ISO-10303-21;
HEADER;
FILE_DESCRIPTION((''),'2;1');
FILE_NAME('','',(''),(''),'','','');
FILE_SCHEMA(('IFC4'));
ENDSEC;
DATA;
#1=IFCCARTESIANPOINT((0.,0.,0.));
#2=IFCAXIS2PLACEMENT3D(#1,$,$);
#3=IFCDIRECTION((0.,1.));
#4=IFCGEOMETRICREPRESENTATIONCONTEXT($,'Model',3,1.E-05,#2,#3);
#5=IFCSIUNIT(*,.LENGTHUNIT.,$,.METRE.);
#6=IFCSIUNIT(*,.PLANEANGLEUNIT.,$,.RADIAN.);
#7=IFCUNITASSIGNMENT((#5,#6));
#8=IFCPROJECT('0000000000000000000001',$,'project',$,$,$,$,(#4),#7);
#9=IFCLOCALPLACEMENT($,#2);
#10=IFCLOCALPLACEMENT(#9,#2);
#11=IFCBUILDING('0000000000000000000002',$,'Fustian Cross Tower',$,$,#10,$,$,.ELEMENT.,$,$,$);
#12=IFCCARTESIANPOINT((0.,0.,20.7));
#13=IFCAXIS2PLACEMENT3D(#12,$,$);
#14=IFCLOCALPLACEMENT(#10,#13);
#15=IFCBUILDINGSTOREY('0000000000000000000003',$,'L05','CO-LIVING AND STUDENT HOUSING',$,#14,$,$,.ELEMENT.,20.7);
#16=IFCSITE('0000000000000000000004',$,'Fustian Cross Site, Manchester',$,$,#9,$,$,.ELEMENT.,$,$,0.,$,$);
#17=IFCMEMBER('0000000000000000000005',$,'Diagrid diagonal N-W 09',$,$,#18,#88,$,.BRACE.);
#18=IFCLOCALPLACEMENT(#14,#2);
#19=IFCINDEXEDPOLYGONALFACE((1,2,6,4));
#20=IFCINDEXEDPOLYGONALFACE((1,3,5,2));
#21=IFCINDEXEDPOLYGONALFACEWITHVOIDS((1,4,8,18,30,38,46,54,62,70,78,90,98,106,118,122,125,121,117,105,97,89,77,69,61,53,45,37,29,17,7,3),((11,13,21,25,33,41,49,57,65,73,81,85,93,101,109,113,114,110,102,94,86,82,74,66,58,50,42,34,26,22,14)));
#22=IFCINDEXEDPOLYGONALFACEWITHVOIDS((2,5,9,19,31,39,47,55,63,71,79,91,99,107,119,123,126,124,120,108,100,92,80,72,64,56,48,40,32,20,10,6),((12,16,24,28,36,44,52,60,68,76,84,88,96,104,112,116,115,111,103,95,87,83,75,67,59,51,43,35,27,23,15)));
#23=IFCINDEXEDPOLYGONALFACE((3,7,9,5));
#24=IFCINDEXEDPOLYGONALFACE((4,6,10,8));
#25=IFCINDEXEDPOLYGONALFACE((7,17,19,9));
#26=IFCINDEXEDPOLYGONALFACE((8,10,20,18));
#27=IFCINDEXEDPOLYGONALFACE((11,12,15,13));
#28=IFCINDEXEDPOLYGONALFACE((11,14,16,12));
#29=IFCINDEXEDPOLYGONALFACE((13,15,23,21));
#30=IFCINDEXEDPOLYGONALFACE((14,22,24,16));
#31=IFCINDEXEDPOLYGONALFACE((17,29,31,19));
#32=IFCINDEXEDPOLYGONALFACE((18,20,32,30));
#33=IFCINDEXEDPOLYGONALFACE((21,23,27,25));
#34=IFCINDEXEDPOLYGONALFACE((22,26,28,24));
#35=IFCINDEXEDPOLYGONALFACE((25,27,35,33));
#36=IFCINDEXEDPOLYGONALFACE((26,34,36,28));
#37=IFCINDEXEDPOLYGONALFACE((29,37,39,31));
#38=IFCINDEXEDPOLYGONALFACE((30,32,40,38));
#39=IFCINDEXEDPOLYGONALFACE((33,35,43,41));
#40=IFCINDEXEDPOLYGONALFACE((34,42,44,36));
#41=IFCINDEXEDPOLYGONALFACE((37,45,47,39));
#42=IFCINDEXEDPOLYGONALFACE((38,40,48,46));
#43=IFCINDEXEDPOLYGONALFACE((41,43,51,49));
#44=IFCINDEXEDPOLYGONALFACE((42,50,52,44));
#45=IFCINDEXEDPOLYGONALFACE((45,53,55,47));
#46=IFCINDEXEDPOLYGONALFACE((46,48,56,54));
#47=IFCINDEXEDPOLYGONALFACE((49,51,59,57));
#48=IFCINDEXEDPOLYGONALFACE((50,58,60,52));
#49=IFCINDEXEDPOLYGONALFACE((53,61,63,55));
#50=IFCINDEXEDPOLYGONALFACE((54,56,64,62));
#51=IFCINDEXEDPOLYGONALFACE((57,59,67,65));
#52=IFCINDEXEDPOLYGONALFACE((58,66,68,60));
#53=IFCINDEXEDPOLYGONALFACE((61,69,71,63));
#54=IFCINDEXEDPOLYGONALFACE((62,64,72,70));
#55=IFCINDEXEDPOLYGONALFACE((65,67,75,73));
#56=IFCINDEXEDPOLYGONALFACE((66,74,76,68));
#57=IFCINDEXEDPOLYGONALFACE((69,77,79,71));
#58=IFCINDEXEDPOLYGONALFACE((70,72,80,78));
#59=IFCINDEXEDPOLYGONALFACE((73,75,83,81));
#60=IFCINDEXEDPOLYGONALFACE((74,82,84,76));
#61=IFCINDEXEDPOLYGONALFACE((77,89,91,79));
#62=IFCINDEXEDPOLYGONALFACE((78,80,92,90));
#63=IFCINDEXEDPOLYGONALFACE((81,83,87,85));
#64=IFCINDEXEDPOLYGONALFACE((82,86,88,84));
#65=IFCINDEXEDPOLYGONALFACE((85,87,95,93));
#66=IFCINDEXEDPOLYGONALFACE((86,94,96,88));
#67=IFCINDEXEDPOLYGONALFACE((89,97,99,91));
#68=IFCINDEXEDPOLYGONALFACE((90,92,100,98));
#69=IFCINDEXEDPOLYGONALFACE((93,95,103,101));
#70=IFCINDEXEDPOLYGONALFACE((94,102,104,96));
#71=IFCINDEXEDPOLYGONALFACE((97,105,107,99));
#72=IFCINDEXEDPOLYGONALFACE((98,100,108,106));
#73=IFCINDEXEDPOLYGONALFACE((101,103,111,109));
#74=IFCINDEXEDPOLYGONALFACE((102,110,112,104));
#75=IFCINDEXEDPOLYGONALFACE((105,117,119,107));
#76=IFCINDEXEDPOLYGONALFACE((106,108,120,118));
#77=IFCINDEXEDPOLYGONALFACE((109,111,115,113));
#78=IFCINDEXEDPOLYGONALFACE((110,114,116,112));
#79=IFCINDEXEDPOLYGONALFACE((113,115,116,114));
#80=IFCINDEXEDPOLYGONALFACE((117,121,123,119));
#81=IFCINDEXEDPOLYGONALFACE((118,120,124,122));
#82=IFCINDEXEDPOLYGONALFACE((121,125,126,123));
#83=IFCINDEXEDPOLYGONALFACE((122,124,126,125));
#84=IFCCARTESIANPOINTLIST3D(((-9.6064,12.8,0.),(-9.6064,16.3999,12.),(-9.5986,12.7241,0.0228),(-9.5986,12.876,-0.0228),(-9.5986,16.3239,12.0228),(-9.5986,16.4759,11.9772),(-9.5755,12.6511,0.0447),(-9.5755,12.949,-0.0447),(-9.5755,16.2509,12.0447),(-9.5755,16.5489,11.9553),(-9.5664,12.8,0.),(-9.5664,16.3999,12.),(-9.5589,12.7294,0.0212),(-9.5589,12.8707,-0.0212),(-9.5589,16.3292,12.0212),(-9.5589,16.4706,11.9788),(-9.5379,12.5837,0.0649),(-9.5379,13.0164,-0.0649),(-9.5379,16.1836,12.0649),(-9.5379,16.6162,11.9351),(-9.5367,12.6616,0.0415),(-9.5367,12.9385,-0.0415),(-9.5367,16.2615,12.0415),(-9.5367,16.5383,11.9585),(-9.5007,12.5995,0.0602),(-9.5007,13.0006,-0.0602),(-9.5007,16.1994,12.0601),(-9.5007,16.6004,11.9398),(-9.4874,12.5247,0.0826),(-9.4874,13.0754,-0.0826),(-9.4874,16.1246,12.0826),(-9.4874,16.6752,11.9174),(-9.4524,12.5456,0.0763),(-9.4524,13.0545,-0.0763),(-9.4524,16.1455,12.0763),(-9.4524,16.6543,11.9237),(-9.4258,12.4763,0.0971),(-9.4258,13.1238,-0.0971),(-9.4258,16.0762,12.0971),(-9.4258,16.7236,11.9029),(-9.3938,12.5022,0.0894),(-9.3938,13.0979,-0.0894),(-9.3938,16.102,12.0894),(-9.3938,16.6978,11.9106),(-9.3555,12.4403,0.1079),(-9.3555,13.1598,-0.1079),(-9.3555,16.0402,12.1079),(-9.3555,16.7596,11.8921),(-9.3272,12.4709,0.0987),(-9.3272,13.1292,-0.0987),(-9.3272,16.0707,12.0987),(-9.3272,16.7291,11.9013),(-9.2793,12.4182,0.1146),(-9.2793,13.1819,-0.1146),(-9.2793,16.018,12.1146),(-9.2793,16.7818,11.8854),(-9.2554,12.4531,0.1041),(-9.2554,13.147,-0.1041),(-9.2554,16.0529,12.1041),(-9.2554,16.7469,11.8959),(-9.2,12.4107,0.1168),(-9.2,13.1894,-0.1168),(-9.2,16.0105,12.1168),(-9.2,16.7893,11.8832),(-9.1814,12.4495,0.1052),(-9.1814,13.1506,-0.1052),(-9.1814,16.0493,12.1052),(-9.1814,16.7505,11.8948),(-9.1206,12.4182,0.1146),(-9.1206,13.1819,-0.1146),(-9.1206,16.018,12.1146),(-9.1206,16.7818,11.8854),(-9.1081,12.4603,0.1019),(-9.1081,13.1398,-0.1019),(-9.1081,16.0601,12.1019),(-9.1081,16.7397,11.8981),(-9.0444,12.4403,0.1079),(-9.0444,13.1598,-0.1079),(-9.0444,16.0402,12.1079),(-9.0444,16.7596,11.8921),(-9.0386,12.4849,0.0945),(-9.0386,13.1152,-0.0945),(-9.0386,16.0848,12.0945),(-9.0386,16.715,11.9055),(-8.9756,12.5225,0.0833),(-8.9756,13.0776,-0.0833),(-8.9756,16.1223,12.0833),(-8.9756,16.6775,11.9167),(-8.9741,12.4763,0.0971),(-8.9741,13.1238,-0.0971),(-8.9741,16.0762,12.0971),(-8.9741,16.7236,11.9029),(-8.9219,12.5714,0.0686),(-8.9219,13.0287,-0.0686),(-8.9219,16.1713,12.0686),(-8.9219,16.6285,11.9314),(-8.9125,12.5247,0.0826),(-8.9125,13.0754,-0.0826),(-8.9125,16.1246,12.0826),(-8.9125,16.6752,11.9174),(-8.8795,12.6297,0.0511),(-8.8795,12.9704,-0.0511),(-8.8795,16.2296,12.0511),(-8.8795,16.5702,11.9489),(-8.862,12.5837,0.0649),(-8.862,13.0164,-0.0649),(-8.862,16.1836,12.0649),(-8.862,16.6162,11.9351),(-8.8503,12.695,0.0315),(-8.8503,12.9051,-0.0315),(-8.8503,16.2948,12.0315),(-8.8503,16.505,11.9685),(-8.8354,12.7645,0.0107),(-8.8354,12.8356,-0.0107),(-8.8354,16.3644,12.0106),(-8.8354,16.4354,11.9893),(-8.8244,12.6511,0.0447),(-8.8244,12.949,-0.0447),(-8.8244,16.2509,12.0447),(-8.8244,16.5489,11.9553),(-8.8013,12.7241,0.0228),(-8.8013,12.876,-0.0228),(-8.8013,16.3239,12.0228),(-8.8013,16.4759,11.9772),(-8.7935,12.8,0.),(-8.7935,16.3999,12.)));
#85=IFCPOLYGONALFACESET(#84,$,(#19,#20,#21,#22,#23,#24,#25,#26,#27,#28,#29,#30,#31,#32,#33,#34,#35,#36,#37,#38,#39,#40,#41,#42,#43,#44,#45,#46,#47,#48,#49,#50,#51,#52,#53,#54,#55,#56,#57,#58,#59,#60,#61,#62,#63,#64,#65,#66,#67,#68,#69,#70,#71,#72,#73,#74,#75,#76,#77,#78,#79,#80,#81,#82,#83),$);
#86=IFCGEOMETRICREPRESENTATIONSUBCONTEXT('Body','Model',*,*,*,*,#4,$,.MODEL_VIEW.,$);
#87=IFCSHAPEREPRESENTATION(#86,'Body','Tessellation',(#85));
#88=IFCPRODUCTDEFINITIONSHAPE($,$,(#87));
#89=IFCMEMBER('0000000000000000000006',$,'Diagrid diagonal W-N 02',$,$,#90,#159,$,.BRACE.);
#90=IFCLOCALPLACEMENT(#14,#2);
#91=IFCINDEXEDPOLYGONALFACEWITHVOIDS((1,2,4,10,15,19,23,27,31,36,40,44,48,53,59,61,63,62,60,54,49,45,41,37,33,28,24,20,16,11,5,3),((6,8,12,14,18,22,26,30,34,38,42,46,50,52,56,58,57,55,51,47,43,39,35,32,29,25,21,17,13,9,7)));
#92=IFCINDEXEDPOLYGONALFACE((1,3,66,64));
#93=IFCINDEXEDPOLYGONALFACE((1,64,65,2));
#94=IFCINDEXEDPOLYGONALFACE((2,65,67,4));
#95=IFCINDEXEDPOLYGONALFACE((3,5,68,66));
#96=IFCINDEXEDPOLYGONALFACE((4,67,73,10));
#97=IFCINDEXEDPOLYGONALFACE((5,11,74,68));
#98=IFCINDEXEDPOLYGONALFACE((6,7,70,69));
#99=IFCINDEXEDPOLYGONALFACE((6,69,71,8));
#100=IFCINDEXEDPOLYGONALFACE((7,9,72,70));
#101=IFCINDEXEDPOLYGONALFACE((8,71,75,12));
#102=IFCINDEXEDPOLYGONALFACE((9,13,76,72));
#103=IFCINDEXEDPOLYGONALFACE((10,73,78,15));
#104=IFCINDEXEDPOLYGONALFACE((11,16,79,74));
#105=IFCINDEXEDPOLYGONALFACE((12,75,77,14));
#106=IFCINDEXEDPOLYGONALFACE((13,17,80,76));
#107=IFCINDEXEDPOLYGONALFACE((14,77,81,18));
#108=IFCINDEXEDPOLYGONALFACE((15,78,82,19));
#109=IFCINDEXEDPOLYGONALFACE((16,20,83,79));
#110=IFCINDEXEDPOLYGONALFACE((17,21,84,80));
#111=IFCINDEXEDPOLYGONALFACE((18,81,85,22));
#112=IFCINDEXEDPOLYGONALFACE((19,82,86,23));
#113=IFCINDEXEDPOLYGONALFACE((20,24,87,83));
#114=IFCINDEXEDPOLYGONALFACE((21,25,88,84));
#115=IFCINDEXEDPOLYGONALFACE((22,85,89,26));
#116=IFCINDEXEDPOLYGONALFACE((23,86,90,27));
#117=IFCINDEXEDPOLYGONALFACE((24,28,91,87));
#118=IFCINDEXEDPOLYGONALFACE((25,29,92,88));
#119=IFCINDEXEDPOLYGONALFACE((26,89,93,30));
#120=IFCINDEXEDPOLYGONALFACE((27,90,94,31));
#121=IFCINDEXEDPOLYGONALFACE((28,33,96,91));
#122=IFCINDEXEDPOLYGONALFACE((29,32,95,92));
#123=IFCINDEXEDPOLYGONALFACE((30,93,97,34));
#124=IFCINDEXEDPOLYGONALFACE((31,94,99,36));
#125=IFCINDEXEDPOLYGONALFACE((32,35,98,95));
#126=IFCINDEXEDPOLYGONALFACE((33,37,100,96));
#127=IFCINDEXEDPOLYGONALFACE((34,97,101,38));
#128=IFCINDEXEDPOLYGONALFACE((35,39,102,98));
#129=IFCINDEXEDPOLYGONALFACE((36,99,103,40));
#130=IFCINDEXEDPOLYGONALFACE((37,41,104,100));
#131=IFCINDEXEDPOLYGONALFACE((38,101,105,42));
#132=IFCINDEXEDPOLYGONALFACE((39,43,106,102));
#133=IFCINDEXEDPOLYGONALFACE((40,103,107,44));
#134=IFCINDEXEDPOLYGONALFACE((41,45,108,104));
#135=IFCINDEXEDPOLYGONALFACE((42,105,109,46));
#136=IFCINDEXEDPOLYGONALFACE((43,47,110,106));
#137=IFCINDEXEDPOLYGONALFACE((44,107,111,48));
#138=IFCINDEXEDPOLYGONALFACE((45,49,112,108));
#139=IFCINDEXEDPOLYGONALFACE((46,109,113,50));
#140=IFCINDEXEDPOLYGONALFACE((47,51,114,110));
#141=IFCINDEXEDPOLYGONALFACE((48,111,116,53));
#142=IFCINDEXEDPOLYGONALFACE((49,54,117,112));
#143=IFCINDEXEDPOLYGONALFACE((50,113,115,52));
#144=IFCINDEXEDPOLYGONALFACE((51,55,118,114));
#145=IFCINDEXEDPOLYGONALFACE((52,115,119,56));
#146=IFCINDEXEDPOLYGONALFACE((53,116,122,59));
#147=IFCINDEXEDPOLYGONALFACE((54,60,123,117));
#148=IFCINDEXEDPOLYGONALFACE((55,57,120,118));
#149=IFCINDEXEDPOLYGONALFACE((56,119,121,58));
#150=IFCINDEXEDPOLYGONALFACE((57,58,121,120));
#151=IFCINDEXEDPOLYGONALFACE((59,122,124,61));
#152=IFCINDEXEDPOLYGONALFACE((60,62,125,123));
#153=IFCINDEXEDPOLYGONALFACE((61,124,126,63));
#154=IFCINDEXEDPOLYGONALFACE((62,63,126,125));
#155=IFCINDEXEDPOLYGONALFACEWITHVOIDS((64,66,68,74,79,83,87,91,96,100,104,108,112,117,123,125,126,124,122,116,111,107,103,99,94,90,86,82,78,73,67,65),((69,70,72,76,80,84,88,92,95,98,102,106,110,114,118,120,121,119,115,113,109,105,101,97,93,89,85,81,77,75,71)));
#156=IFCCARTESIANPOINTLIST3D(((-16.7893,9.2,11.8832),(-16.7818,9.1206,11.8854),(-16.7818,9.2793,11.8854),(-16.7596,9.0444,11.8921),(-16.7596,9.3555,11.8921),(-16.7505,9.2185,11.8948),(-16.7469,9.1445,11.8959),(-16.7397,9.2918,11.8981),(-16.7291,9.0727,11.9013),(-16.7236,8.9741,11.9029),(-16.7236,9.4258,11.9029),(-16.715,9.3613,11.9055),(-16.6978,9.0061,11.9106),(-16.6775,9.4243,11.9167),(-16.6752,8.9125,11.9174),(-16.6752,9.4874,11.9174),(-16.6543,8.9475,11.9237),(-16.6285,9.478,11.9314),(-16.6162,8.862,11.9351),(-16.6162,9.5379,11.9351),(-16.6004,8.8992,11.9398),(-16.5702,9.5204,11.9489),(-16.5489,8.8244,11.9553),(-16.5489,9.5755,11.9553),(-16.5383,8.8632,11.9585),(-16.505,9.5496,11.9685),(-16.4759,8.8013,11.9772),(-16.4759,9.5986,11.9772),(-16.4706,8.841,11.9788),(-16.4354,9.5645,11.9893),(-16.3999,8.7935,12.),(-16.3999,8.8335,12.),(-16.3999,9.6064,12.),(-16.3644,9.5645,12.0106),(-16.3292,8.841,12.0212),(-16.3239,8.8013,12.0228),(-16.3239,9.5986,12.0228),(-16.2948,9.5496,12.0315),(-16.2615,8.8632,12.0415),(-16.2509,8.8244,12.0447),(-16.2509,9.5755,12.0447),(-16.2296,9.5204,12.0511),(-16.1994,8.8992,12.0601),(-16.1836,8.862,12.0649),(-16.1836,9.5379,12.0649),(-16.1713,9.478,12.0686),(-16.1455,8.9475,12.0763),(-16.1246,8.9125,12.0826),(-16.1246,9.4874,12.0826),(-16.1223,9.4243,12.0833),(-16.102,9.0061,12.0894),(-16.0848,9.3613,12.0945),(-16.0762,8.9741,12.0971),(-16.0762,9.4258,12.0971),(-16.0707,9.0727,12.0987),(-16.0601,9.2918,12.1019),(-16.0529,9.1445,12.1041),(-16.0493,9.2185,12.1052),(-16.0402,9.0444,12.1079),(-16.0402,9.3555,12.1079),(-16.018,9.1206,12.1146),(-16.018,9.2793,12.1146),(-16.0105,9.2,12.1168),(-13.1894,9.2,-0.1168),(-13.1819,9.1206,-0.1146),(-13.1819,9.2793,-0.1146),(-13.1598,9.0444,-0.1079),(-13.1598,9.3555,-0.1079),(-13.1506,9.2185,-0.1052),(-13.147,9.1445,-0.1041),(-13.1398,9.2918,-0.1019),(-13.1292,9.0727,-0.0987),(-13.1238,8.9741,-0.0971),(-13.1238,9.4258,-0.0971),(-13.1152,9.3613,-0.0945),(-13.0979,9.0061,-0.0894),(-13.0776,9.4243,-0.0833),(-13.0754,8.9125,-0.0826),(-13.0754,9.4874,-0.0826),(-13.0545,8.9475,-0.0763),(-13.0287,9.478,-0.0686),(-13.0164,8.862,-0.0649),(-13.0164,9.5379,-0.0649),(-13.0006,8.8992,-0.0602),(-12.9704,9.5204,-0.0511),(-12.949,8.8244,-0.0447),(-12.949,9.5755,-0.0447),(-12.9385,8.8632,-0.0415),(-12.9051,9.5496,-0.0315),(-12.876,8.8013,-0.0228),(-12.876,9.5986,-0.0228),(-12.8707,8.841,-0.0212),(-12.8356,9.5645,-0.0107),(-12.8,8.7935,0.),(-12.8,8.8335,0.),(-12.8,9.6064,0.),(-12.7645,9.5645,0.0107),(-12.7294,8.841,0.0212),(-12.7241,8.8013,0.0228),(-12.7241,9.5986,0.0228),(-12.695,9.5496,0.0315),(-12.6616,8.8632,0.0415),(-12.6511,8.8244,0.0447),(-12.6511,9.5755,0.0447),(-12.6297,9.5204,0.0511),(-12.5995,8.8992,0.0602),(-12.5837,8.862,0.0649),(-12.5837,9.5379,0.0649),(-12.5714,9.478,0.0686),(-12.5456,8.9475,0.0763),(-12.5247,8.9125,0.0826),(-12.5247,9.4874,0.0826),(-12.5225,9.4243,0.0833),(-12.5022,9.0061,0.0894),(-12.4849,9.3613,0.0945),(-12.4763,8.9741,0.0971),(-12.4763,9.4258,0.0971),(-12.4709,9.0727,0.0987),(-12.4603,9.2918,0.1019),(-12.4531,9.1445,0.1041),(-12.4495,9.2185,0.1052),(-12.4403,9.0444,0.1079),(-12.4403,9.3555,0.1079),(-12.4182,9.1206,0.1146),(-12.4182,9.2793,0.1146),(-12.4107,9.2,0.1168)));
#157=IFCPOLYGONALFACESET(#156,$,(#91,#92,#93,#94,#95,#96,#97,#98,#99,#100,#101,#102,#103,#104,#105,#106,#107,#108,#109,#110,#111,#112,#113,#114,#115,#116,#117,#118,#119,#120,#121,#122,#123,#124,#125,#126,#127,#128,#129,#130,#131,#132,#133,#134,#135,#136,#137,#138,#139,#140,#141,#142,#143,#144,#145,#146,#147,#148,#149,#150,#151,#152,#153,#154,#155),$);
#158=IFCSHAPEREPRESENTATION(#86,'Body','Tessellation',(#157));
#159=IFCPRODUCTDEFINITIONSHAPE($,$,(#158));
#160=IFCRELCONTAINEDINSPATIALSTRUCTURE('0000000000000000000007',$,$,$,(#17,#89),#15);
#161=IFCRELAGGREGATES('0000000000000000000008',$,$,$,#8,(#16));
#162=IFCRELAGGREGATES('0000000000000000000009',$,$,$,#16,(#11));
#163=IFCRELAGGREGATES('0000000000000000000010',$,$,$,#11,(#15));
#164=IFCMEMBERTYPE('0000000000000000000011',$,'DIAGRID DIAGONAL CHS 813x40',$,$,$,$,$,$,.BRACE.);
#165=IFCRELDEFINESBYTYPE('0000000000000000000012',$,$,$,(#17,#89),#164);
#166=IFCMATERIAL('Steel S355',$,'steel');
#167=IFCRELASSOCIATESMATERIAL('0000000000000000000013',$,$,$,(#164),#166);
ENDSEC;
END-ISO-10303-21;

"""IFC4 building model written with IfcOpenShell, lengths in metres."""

from ifc_helpers import new_model, si_unit, direction, frame, origin, origin_2d, place, context, subcontext, project, spatial, hollow_circle, extrude, material, material_profile, profile_set, type_object, element, save


model = new_model("IFC4")

# Units and contexts
model_context = context("Model", 3, precision=1e-05, world=origin(), true_north=direction((0.0, 1.0)))
body_context = subcontext(model_context, "Body", "Model", "MODEL_VIEW")
ifc_project = project(units=[si_unit("LENGTHUNIT", "METRE"), si_unit("PLANEANGLEUNIT", "RADIAN")], contexts=[model_context])

# Site, building, storey
site_placement = place(None, origin())
site = spatial("IfcSite", under=ifc_project, at=site_placement, Name="Fustian Cross Site, Manchester", CompositionType="ELEMENT", RefElevation=0.0)
building_placement = place(site_placement, origin())
building = spatial("IfcBuilding", under=site, at=building_placement, Name="Fustian Cross Tower", CompositionType="ELEMENT")
storey_placement = place(building_placement, frame((0.0, 0.0, 20.7)))
storey = spatial("IfcBuildingStorey", under=building, at=storey_placement, Name="L05", Description="CO-LIVING AND STUDENT HOUSING", CompositionType="ELEMENT", Elevation=20.7)

# Members
ifc_material_1 = material(Name="Steel S355", Category="steel")
ifc_material_profile_1 = material_profile(ifc_material_1, hollow_circle(Radius=0.4065, WallThickness=0.04, at=origin_2d()), Name="CHS 813x40")
ifc_profile_set_1 = profile_set([ifc_material_profile_1], Name="Steel S355")
member_type_1 = type_object("IfcMemberType", Name="DIAGRID DIAGONAL CHS 813x40", PredefinedType="BRACE", material=ifc_profile_set_1)
for number, where, z_axis, x_axis, name in (
    (1, (-9.2, 12.8, 0.0), (0.0, 0.287337, 0.95783), (-1.0, 0.0, 0.0), "Diagrid diagonal N-W 09"),
    (2, (-12.8, 9.2, 0.0), (-0.287337, 0.0, 0.95783), (0.0, -1.0, 0.0), "Diagrid diagonal W-N 02"),
):
    element("IfcMember", number, at=place(storey_placement, frame(where, z_axis=z_axis, x_axis=x_axis)), inside=storey, type_object=member_type_1, Name=name, PredefinedType="BRACE", context=body_context, shape_type="SweptSolid", body=[
        extrude(hollow_circle(Radius=0.4065, WallThickness=0.04, at=origin_2d()), origin(), (0.0, 0.0, 1.0), 12.5283),
    ])

save(model, "model.ifc")
